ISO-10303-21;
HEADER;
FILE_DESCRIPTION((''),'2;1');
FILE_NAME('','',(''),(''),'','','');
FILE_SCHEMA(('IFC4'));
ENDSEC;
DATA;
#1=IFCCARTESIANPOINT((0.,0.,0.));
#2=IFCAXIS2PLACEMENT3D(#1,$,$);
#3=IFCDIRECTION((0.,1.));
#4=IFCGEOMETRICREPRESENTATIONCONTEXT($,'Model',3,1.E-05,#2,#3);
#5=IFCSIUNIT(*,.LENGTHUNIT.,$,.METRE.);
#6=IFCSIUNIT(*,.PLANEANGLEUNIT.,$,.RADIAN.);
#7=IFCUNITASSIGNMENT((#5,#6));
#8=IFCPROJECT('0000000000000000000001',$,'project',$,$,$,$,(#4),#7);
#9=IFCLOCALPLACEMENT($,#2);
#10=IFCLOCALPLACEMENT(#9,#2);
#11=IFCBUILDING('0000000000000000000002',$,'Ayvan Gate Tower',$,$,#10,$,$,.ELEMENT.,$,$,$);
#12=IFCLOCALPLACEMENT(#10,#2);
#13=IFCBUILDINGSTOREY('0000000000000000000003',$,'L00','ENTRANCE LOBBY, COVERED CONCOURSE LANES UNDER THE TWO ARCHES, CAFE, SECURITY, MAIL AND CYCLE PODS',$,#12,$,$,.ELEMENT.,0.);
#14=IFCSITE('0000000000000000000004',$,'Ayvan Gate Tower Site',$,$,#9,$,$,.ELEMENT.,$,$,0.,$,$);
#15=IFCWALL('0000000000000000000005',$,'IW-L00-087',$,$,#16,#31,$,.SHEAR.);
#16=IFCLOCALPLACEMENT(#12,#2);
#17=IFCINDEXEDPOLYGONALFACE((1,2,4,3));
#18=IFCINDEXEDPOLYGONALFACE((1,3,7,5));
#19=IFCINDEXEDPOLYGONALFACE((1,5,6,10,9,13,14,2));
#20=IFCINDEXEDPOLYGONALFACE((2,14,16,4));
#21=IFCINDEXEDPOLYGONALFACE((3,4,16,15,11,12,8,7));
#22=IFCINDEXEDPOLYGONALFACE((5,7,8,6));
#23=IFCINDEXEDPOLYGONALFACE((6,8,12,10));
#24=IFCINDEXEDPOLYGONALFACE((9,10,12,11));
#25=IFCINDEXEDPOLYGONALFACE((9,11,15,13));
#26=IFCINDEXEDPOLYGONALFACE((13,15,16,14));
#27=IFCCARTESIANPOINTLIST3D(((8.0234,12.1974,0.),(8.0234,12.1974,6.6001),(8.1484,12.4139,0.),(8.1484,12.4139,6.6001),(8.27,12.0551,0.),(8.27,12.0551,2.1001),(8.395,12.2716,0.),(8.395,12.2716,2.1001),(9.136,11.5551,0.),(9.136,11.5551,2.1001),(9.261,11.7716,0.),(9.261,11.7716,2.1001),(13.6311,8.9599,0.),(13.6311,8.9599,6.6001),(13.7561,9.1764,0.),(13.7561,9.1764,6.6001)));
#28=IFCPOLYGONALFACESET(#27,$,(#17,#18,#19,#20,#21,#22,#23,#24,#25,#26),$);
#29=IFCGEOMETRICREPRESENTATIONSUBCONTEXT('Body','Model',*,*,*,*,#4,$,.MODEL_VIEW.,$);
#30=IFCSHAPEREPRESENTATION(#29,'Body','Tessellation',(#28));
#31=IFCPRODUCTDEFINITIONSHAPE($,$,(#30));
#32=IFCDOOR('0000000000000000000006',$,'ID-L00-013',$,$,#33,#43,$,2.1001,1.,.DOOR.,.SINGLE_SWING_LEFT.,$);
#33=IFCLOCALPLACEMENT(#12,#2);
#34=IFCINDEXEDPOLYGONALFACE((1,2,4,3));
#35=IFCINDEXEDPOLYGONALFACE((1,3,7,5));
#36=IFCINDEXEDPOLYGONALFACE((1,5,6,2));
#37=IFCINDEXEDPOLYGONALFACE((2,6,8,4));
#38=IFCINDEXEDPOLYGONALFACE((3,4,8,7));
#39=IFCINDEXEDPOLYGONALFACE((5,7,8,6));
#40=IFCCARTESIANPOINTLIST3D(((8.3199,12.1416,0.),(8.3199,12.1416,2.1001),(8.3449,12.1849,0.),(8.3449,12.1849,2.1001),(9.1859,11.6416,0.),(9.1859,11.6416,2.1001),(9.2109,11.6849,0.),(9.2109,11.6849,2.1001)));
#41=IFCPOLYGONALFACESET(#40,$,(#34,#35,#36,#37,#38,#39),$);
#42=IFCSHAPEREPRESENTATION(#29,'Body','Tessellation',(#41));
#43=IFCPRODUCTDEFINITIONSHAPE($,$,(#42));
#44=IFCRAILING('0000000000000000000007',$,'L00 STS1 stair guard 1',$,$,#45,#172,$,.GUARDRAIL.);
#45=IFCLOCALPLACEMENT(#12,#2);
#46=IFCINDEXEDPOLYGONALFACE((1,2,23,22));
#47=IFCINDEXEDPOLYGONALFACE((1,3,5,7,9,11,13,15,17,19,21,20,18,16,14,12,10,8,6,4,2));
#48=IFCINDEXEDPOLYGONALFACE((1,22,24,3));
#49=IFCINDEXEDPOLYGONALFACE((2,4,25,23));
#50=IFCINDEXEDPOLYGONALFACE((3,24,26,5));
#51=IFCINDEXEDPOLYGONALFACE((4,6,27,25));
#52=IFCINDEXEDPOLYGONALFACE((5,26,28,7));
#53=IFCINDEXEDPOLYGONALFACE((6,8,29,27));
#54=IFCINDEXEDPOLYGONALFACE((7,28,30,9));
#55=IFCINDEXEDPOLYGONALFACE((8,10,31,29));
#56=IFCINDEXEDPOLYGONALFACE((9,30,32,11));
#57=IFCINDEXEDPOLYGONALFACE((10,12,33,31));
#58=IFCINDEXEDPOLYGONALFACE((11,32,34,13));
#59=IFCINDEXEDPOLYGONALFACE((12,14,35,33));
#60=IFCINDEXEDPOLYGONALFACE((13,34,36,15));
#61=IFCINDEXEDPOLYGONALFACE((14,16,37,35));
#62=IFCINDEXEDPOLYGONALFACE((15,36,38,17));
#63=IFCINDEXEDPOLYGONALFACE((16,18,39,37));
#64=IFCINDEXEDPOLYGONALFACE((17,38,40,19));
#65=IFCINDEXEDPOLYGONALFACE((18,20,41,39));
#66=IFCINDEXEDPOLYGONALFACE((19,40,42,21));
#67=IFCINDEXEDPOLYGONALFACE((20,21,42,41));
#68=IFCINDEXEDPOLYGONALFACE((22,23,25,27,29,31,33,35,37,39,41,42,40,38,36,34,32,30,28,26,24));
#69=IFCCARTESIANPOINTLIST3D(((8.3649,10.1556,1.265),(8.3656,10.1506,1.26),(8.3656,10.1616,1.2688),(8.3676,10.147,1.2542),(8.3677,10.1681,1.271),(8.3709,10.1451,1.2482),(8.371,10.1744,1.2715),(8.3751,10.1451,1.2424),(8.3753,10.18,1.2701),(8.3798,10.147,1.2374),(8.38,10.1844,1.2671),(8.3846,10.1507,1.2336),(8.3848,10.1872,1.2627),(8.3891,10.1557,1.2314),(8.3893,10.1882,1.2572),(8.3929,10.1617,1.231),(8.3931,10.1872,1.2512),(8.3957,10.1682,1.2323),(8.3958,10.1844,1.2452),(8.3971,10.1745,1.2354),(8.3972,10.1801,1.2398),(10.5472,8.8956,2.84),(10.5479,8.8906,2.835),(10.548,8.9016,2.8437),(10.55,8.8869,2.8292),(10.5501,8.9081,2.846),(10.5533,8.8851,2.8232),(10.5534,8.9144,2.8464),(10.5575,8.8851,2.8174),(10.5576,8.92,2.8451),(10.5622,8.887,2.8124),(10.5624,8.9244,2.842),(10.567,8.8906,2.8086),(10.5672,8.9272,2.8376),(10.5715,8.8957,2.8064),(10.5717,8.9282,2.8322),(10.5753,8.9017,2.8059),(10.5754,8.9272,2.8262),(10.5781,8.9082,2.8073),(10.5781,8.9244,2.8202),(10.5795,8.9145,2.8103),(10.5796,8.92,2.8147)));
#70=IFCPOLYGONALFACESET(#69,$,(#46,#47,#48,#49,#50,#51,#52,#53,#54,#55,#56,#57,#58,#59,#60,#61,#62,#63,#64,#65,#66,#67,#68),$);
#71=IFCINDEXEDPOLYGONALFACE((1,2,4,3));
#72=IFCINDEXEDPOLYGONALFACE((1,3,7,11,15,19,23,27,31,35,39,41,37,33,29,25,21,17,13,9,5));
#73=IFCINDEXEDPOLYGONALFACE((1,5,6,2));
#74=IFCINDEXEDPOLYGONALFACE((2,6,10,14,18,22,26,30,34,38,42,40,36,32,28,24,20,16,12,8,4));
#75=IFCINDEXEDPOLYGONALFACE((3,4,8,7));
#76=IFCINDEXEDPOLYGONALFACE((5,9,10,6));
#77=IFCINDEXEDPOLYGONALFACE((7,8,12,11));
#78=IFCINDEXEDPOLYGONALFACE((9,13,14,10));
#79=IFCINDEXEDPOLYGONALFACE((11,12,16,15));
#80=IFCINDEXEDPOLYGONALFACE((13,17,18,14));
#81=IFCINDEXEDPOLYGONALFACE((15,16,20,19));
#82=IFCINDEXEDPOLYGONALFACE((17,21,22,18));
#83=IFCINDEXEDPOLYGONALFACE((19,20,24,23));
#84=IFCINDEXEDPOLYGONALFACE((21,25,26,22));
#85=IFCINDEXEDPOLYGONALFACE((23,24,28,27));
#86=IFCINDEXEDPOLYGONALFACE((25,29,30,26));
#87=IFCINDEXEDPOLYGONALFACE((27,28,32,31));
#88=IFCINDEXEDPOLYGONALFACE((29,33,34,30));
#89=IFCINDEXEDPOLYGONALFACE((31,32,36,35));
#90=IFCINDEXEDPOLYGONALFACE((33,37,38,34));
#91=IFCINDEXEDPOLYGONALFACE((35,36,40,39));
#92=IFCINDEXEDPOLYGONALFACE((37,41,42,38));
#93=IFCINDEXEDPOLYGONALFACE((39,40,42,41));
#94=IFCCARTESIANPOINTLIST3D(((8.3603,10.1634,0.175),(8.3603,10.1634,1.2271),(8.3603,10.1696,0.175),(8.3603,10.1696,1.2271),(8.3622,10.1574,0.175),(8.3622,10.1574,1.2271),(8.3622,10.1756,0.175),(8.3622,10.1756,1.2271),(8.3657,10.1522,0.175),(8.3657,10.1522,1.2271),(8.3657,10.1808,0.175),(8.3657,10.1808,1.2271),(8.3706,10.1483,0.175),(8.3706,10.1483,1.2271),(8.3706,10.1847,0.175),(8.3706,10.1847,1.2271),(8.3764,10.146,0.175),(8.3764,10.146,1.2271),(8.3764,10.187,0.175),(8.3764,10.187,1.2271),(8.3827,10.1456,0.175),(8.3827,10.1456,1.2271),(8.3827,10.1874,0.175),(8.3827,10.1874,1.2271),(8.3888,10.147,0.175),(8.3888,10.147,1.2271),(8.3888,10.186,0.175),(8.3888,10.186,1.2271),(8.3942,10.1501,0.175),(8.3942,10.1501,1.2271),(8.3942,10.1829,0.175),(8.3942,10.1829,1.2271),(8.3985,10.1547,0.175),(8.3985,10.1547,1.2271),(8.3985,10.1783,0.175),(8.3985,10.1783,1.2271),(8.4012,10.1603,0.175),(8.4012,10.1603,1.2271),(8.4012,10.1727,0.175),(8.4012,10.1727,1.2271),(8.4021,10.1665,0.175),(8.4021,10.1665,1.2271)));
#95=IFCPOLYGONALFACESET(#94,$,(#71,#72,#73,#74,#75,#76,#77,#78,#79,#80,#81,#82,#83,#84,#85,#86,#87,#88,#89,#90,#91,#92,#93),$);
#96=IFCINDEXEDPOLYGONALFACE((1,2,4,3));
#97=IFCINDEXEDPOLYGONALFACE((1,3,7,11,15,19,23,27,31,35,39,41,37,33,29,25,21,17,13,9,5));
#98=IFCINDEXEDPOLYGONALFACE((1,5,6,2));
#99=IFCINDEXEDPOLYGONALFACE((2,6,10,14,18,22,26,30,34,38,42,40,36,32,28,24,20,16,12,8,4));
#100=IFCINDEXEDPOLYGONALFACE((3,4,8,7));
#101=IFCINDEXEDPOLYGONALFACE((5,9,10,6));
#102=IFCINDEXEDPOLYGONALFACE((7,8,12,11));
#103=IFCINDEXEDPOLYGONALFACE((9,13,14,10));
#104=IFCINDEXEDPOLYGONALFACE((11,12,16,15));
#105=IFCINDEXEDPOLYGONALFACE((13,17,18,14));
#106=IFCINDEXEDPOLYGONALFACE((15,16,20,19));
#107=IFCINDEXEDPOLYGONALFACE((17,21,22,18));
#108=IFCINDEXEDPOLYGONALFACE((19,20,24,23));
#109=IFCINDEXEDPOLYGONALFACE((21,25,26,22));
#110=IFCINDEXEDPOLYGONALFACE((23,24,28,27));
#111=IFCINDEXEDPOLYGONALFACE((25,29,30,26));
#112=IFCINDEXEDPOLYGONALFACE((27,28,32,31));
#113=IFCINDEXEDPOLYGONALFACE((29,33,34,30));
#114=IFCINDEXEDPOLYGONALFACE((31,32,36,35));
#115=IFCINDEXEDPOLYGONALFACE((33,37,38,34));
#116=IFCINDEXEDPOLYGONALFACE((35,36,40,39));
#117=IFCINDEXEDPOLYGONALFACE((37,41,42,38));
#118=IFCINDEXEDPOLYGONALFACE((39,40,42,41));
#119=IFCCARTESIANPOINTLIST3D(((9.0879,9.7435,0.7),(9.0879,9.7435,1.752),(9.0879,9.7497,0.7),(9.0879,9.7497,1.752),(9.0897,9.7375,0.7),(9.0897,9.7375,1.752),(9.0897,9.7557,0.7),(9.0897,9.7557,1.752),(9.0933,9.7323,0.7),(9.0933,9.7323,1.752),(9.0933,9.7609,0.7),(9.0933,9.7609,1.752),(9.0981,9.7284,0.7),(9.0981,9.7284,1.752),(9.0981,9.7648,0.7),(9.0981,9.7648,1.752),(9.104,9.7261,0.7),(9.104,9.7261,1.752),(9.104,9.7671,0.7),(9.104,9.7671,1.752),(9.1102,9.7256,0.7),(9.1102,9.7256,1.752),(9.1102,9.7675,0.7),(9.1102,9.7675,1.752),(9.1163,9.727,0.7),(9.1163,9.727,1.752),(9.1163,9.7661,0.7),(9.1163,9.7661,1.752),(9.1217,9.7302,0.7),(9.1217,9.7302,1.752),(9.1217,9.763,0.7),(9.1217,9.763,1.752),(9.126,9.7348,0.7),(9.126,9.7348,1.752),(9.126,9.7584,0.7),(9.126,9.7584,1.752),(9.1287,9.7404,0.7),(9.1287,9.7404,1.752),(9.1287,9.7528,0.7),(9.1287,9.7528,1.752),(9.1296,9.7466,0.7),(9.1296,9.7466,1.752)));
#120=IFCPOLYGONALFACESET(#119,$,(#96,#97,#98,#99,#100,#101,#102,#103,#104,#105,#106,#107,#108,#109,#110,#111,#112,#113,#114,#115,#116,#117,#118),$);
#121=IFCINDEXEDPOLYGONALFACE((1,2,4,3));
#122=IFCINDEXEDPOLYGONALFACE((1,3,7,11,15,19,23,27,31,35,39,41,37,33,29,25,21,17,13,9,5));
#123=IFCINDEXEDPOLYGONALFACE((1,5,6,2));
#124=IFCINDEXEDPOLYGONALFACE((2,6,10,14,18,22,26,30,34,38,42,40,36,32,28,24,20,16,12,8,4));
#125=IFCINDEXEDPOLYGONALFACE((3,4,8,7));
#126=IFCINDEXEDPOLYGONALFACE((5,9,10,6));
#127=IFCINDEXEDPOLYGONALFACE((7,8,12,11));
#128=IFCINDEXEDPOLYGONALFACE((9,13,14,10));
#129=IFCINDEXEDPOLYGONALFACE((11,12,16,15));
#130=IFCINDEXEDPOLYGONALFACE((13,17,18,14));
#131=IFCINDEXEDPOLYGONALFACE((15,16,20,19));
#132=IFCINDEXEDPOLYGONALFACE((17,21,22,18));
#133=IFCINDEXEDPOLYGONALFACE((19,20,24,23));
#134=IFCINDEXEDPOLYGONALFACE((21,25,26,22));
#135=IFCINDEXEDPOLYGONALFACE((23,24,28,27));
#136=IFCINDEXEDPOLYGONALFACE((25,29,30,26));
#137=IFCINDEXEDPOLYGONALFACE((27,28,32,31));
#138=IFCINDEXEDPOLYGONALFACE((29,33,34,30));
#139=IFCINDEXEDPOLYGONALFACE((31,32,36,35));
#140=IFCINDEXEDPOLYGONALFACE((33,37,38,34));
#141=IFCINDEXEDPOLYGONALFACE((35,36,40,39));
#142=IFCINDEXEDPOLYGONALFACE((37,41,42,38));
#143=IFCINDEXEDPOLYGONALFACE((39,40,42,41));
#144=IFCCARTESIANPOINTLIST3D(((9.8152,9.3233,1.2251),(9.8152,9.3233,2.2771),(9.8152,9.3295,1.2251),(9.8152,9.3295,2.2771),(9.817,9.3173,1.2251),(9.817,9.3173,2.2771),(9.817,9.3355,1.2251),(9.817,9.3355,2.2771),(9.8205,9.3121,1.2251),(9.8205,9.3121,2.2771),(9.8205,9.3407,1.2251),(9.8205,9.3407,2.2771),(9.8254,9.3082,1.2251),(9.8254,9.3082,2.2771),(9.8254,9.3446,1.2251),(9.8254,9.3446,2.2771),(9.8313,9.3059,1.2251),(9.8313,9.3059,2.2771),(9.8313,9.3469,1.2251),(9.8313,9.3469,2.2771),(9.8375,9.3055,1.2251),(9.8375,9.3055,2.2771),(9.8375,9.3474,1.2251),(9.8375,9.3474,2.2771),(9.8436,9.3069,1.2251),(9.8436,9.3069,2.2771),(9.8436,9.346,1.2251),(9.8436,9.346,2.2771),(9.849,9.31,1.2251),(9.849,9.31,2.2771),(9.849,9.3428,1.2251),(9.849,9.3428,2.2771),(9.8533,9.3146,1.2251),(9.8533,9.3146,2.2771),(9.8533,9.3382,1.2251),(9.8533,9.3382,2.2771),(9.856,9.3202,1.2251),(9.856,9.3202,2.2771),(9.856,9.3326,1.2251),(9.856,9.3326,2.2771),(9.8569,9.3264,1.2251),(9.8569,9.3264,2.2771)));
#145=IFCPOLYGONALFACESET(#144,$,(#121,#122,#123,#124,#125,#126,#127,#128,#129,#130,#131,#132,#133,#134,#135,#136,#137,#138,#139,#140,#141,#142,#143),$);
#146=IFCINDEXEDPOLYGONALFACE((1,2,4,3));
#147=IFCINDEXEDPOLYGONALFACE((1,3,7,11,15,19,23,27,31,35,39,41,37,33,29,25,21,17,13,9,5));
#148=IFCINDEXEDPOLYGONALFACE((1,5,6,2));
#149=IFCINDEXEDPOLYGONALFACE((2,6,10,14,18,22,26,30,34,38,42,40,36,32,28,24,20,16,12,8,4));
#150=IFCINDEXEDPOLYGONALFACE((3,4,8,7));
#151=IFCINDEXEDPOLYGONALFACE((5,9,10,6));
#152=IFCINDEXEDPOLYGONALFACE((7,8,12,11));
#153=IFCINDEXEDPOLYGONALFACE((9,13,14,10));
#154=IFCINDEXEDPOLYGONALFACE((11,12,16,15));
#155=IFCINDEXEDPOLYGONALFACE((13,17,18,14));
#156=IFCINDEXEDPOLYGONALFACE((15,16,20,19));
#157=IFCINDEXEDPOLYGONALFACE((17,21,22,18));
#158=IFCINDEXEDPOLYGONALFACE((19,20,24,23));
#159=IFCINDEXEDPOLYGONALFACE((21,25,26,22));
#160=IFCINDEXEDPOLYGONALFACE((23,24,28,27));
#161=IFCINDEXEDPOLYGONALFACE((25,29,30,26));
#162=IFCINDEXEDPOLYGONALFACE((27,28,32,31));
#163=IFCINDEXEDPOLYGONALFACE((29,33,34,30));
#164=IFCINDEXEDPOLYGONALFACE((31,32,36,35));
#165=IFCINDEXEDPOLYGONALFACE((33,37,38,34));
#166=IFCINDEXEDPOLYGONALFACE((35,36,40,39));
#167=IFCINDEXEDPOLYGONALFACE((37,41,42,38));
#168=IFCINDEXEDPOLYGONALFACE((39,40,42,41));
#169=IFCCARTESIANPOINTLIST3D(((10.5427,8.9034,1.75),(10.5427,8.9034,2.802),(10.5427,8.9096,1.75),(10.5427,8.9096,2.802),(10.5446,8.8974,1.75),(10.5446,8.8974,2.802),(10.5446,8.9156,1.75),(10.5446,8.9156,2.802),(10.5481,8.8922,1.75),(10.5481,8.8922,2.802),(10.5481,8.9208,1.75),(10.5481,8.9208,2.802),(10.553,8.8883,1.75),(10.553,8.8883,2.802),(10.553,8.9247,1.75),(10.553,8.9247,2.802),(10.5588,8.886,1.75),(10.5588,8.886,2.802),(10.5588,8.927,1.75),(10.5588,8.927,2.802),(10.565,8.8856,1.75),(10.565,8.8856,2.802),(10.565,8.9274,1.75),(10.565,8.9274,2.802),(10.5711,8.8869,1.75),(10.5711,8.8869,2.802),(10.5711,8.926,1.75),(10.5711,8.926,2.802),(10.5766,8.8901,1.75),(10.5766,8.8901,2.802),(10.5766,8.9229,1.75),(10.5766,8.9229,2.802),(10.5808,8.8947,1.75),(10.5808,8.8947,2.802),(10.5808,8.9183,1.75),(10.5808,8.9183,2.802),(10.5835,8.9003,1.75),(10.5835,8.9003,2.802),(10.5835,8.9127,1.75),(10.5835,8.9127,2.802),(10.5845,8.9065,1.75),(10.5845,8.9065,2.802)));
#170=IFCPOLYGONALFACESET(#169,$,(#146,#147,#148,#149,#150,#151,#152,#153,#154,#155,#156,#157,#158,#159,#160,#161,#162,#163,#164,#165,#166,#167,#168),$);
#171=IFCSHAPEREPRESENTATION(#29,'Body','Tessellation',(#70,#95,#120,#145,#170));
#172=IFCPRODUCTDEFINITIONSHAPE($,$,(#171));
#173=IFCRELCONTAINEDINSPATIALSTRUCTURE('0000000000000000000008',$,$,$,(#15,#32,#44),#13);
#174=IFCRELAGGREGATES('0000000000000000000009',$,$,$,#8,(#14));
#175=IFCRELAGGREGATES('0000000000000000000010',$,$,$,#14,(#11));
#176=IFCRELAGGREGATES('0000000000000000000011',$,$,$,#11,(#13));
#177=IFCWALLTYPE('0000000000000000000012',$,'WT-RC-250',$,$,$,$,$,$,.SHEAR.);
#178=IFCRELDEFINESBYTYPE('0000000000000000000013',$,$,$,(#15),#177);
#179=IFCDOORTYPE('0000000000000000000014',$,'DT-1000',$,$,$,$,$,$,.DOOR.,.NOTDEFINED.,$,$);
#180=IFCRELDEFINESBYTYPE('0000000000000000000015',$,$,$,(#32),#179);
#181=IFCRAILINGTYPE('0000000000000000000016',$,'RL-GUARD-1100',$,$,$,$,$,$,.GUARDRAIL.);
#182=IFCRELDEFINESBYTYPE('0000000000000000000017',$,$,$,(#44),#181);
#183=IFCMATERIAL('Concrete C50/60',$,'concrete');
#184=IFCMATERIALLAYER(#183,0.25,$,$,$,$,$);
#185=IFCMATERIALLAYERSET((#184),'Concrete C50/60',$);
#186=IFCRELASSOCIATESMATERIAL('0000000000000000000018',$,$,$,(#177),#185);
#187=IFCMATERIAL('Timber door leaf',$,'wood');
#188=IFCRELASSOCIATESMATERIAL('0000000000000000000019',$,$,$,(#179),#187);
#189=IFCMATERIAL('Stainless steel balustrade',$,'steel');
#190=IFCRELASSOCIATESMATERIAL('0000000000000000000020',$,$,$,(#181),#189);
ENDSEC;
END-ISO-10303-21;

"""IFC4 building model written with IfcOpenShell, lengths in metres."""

from ifc_helpers import new_model, si_unit, direction, frame, frame_2d, origin, origin_2d, place, context, subcontext, project, spatial, rectangle, circle, extrude, material, layer, layer_set, type_object, element, fill, save


model = new_model("IFC4")

# Units and contexts
model_context = context("Model", 3, precision=1e-05, world=origin(), true_north=direction((0.0, 1.0)))
body_context = subcontext(model_context, "Body", "Model", "MODEL_VIEW")
ifc_project = project(units=[si_unit("LENGTHUNIT", "METRE"), si_unit("PLANEANGLEUNIT", "RADIAN")], contexts=[model_context])

# Site, building, storey
site_placement = place(None, origin())
site = spatial("IfcSite", under=ifc_project, at=site_placement, Name="Ayvan Gate Tower Site", CompositionType="ELEMENT", RefElevation=0.0)
building_placement = place(site_placement, origin())
building = spatial("IfcBuilding", under=site, at=building_placement, Name="Ayvan Gate Tower", CompositionType="ELEMENT")
storey_placement = place(building_placement, origin())
storey = spatial("IfcBuildingStorey", under=building, at=storey_placement, Name="L00", Description="ENTRANCE LOBBY, COVERED CONCOURSE LANES UNDER THE TWO ARCHES, CAFE, SECURITY, MAIL AND CYCLE PODS", CompositionType="ELEMENT", Elevation=0.0)

# Shared definitions
ifc_material_1 = material(Name="Timber door leaf", Category="wood")

# Shared definitions
ifc_material_2 = material(Name="Concrete C50/60", Category="concrete")
ifc_layer_1 = layer(ifc_material_2, 0.25)
ifc_layer_set_1 = layer_set([ifc_layer_1], Name="Concrete C50/60")
wall_type_1 = type_object("IfcWallType", Name="WT-RC-250", PredefinedType="SHEAR", material=ifc_layer_set_1)
door_type_1 = type_object("IfcDoorType", Name="DT-1000", OperationType="NOTDEFINED", PredefinedType="DOOR", material=ifc_material_1)

# Wall, opening, door
wall_1_placement = place(storey_placement, frame((8.0859, 12.3057, 0.0), z_axis=(0.0, 0.0, 1.0), x_axis=(0.866028, -0.499996, 0.0)))
wall_1 = element("IfcWall", 1, at=wall_1_placement, inside=storey, type_object=wall_type_1, Name="IW-L00-087", PredefinedType="SHEAR", context=body_context, shape_type="SweptSolid", body=[
    extrude(rectangle(XDim=6.4751, YDim=0.25, at=frame_2d((3.2375, 0.0))), origin(), (0.0, 0.0, 1.0), 6.6001),
])
opening_1_placement = place(wall_1_placement, frame((0.2847, 0.0, 0.0)))
opening_1 = element("IfcOpeningElement", 2, at=opening_1_placement, cuts=wall_1, PredefinedType="OPENING", context=body_context, shape_type="SweptSolid", body=[
    extrude(rectangle(XDim=1.0, YDim=2.1001, at=frame_2d((0.5, 1.05))), frame((0.0, 0.135, 0.0), z_axis=(0.0, -1.0, 0.0), x_axis=(1.0, 0.0, 0.0)), (0.0, 0.0, 1.0), 0.27),
])
door_1_placement = place(opening_1_placement, origin())
door_1 = element("IfcDoor", 3, at=door_1_placement, inside=storey, type_object=door_type_1, Name="ID-L00-013", OperationType="SINGLE_SWING_LEFT", OverallHeight=2.1001, OverallWidth=1.0, PredefinedType="DOOR", context=body_context, shape_type="SweptSolid", body=[
    extrude(rectangle(XDim=1.0, YDim=2.1001, at=frame_2d((0.5, 1.05))), frame((0.0, 0.0249, 0.0), z_axis=(0.0, -1.0, 0.0), x_axis=(1.0, 0.0, 0.0)), (0.0, 0.0, 1.0), 0.05),
])
fill(opening_1, door_1)

# Railing
ifc_material_3 = material(Name="Stainless steel balustrade", Category="steel")
railing_type_1 = type_object("IfcRailingType", Name="RL-GUARD-1100", PredefinedType="GUARDRAIL", material=ifc_material_3)
railing_1_placement = place(storey_placement, frame((8.3811, 10.1665, 0.175)))
element("IfcRailing", 4, at=railing_1_placement, inside=storey, type_object=railing_type_1, Name="L00 STS1 stair guard 1", PredefinedType="GUARDRAIL", context=body_context, shape_type="SweptSolid", body=[
    extrude(circle(Radius=0.0239, at=origin_2d()), frame((0.0, 0.0, 1.0762), z_axis=(0.734392, -0.424007, 0.529988), x_axis=(0.500005, 0.866023, 0.0)), (0.0, 0.0, 1.0), 2.9717),
    extrude(circle(Radius=0.021, at=origin_2d()), origin(), (0.0, 0.0, 1.0), 1.052),
    extrude(circle(Radius=0.021, at=origin_2d()), frame((0.7275, -0.4199, 0.5249)), (0.0, 0.0, 1.0), 1.052),
    extrude(circle(Radius=0.021, at=origin_2d()), frame((1.4548, -0.8401, 1.05)), (0.0, 0.0, 1.0), 1.052),
    extrude(circle(Radius=0.021, at=origin_2d()), frame((2.1824, -1.26, 1.575)), (0.0, 0.0, 1.0), 1.052),
])

save(model, "model.ifc")
